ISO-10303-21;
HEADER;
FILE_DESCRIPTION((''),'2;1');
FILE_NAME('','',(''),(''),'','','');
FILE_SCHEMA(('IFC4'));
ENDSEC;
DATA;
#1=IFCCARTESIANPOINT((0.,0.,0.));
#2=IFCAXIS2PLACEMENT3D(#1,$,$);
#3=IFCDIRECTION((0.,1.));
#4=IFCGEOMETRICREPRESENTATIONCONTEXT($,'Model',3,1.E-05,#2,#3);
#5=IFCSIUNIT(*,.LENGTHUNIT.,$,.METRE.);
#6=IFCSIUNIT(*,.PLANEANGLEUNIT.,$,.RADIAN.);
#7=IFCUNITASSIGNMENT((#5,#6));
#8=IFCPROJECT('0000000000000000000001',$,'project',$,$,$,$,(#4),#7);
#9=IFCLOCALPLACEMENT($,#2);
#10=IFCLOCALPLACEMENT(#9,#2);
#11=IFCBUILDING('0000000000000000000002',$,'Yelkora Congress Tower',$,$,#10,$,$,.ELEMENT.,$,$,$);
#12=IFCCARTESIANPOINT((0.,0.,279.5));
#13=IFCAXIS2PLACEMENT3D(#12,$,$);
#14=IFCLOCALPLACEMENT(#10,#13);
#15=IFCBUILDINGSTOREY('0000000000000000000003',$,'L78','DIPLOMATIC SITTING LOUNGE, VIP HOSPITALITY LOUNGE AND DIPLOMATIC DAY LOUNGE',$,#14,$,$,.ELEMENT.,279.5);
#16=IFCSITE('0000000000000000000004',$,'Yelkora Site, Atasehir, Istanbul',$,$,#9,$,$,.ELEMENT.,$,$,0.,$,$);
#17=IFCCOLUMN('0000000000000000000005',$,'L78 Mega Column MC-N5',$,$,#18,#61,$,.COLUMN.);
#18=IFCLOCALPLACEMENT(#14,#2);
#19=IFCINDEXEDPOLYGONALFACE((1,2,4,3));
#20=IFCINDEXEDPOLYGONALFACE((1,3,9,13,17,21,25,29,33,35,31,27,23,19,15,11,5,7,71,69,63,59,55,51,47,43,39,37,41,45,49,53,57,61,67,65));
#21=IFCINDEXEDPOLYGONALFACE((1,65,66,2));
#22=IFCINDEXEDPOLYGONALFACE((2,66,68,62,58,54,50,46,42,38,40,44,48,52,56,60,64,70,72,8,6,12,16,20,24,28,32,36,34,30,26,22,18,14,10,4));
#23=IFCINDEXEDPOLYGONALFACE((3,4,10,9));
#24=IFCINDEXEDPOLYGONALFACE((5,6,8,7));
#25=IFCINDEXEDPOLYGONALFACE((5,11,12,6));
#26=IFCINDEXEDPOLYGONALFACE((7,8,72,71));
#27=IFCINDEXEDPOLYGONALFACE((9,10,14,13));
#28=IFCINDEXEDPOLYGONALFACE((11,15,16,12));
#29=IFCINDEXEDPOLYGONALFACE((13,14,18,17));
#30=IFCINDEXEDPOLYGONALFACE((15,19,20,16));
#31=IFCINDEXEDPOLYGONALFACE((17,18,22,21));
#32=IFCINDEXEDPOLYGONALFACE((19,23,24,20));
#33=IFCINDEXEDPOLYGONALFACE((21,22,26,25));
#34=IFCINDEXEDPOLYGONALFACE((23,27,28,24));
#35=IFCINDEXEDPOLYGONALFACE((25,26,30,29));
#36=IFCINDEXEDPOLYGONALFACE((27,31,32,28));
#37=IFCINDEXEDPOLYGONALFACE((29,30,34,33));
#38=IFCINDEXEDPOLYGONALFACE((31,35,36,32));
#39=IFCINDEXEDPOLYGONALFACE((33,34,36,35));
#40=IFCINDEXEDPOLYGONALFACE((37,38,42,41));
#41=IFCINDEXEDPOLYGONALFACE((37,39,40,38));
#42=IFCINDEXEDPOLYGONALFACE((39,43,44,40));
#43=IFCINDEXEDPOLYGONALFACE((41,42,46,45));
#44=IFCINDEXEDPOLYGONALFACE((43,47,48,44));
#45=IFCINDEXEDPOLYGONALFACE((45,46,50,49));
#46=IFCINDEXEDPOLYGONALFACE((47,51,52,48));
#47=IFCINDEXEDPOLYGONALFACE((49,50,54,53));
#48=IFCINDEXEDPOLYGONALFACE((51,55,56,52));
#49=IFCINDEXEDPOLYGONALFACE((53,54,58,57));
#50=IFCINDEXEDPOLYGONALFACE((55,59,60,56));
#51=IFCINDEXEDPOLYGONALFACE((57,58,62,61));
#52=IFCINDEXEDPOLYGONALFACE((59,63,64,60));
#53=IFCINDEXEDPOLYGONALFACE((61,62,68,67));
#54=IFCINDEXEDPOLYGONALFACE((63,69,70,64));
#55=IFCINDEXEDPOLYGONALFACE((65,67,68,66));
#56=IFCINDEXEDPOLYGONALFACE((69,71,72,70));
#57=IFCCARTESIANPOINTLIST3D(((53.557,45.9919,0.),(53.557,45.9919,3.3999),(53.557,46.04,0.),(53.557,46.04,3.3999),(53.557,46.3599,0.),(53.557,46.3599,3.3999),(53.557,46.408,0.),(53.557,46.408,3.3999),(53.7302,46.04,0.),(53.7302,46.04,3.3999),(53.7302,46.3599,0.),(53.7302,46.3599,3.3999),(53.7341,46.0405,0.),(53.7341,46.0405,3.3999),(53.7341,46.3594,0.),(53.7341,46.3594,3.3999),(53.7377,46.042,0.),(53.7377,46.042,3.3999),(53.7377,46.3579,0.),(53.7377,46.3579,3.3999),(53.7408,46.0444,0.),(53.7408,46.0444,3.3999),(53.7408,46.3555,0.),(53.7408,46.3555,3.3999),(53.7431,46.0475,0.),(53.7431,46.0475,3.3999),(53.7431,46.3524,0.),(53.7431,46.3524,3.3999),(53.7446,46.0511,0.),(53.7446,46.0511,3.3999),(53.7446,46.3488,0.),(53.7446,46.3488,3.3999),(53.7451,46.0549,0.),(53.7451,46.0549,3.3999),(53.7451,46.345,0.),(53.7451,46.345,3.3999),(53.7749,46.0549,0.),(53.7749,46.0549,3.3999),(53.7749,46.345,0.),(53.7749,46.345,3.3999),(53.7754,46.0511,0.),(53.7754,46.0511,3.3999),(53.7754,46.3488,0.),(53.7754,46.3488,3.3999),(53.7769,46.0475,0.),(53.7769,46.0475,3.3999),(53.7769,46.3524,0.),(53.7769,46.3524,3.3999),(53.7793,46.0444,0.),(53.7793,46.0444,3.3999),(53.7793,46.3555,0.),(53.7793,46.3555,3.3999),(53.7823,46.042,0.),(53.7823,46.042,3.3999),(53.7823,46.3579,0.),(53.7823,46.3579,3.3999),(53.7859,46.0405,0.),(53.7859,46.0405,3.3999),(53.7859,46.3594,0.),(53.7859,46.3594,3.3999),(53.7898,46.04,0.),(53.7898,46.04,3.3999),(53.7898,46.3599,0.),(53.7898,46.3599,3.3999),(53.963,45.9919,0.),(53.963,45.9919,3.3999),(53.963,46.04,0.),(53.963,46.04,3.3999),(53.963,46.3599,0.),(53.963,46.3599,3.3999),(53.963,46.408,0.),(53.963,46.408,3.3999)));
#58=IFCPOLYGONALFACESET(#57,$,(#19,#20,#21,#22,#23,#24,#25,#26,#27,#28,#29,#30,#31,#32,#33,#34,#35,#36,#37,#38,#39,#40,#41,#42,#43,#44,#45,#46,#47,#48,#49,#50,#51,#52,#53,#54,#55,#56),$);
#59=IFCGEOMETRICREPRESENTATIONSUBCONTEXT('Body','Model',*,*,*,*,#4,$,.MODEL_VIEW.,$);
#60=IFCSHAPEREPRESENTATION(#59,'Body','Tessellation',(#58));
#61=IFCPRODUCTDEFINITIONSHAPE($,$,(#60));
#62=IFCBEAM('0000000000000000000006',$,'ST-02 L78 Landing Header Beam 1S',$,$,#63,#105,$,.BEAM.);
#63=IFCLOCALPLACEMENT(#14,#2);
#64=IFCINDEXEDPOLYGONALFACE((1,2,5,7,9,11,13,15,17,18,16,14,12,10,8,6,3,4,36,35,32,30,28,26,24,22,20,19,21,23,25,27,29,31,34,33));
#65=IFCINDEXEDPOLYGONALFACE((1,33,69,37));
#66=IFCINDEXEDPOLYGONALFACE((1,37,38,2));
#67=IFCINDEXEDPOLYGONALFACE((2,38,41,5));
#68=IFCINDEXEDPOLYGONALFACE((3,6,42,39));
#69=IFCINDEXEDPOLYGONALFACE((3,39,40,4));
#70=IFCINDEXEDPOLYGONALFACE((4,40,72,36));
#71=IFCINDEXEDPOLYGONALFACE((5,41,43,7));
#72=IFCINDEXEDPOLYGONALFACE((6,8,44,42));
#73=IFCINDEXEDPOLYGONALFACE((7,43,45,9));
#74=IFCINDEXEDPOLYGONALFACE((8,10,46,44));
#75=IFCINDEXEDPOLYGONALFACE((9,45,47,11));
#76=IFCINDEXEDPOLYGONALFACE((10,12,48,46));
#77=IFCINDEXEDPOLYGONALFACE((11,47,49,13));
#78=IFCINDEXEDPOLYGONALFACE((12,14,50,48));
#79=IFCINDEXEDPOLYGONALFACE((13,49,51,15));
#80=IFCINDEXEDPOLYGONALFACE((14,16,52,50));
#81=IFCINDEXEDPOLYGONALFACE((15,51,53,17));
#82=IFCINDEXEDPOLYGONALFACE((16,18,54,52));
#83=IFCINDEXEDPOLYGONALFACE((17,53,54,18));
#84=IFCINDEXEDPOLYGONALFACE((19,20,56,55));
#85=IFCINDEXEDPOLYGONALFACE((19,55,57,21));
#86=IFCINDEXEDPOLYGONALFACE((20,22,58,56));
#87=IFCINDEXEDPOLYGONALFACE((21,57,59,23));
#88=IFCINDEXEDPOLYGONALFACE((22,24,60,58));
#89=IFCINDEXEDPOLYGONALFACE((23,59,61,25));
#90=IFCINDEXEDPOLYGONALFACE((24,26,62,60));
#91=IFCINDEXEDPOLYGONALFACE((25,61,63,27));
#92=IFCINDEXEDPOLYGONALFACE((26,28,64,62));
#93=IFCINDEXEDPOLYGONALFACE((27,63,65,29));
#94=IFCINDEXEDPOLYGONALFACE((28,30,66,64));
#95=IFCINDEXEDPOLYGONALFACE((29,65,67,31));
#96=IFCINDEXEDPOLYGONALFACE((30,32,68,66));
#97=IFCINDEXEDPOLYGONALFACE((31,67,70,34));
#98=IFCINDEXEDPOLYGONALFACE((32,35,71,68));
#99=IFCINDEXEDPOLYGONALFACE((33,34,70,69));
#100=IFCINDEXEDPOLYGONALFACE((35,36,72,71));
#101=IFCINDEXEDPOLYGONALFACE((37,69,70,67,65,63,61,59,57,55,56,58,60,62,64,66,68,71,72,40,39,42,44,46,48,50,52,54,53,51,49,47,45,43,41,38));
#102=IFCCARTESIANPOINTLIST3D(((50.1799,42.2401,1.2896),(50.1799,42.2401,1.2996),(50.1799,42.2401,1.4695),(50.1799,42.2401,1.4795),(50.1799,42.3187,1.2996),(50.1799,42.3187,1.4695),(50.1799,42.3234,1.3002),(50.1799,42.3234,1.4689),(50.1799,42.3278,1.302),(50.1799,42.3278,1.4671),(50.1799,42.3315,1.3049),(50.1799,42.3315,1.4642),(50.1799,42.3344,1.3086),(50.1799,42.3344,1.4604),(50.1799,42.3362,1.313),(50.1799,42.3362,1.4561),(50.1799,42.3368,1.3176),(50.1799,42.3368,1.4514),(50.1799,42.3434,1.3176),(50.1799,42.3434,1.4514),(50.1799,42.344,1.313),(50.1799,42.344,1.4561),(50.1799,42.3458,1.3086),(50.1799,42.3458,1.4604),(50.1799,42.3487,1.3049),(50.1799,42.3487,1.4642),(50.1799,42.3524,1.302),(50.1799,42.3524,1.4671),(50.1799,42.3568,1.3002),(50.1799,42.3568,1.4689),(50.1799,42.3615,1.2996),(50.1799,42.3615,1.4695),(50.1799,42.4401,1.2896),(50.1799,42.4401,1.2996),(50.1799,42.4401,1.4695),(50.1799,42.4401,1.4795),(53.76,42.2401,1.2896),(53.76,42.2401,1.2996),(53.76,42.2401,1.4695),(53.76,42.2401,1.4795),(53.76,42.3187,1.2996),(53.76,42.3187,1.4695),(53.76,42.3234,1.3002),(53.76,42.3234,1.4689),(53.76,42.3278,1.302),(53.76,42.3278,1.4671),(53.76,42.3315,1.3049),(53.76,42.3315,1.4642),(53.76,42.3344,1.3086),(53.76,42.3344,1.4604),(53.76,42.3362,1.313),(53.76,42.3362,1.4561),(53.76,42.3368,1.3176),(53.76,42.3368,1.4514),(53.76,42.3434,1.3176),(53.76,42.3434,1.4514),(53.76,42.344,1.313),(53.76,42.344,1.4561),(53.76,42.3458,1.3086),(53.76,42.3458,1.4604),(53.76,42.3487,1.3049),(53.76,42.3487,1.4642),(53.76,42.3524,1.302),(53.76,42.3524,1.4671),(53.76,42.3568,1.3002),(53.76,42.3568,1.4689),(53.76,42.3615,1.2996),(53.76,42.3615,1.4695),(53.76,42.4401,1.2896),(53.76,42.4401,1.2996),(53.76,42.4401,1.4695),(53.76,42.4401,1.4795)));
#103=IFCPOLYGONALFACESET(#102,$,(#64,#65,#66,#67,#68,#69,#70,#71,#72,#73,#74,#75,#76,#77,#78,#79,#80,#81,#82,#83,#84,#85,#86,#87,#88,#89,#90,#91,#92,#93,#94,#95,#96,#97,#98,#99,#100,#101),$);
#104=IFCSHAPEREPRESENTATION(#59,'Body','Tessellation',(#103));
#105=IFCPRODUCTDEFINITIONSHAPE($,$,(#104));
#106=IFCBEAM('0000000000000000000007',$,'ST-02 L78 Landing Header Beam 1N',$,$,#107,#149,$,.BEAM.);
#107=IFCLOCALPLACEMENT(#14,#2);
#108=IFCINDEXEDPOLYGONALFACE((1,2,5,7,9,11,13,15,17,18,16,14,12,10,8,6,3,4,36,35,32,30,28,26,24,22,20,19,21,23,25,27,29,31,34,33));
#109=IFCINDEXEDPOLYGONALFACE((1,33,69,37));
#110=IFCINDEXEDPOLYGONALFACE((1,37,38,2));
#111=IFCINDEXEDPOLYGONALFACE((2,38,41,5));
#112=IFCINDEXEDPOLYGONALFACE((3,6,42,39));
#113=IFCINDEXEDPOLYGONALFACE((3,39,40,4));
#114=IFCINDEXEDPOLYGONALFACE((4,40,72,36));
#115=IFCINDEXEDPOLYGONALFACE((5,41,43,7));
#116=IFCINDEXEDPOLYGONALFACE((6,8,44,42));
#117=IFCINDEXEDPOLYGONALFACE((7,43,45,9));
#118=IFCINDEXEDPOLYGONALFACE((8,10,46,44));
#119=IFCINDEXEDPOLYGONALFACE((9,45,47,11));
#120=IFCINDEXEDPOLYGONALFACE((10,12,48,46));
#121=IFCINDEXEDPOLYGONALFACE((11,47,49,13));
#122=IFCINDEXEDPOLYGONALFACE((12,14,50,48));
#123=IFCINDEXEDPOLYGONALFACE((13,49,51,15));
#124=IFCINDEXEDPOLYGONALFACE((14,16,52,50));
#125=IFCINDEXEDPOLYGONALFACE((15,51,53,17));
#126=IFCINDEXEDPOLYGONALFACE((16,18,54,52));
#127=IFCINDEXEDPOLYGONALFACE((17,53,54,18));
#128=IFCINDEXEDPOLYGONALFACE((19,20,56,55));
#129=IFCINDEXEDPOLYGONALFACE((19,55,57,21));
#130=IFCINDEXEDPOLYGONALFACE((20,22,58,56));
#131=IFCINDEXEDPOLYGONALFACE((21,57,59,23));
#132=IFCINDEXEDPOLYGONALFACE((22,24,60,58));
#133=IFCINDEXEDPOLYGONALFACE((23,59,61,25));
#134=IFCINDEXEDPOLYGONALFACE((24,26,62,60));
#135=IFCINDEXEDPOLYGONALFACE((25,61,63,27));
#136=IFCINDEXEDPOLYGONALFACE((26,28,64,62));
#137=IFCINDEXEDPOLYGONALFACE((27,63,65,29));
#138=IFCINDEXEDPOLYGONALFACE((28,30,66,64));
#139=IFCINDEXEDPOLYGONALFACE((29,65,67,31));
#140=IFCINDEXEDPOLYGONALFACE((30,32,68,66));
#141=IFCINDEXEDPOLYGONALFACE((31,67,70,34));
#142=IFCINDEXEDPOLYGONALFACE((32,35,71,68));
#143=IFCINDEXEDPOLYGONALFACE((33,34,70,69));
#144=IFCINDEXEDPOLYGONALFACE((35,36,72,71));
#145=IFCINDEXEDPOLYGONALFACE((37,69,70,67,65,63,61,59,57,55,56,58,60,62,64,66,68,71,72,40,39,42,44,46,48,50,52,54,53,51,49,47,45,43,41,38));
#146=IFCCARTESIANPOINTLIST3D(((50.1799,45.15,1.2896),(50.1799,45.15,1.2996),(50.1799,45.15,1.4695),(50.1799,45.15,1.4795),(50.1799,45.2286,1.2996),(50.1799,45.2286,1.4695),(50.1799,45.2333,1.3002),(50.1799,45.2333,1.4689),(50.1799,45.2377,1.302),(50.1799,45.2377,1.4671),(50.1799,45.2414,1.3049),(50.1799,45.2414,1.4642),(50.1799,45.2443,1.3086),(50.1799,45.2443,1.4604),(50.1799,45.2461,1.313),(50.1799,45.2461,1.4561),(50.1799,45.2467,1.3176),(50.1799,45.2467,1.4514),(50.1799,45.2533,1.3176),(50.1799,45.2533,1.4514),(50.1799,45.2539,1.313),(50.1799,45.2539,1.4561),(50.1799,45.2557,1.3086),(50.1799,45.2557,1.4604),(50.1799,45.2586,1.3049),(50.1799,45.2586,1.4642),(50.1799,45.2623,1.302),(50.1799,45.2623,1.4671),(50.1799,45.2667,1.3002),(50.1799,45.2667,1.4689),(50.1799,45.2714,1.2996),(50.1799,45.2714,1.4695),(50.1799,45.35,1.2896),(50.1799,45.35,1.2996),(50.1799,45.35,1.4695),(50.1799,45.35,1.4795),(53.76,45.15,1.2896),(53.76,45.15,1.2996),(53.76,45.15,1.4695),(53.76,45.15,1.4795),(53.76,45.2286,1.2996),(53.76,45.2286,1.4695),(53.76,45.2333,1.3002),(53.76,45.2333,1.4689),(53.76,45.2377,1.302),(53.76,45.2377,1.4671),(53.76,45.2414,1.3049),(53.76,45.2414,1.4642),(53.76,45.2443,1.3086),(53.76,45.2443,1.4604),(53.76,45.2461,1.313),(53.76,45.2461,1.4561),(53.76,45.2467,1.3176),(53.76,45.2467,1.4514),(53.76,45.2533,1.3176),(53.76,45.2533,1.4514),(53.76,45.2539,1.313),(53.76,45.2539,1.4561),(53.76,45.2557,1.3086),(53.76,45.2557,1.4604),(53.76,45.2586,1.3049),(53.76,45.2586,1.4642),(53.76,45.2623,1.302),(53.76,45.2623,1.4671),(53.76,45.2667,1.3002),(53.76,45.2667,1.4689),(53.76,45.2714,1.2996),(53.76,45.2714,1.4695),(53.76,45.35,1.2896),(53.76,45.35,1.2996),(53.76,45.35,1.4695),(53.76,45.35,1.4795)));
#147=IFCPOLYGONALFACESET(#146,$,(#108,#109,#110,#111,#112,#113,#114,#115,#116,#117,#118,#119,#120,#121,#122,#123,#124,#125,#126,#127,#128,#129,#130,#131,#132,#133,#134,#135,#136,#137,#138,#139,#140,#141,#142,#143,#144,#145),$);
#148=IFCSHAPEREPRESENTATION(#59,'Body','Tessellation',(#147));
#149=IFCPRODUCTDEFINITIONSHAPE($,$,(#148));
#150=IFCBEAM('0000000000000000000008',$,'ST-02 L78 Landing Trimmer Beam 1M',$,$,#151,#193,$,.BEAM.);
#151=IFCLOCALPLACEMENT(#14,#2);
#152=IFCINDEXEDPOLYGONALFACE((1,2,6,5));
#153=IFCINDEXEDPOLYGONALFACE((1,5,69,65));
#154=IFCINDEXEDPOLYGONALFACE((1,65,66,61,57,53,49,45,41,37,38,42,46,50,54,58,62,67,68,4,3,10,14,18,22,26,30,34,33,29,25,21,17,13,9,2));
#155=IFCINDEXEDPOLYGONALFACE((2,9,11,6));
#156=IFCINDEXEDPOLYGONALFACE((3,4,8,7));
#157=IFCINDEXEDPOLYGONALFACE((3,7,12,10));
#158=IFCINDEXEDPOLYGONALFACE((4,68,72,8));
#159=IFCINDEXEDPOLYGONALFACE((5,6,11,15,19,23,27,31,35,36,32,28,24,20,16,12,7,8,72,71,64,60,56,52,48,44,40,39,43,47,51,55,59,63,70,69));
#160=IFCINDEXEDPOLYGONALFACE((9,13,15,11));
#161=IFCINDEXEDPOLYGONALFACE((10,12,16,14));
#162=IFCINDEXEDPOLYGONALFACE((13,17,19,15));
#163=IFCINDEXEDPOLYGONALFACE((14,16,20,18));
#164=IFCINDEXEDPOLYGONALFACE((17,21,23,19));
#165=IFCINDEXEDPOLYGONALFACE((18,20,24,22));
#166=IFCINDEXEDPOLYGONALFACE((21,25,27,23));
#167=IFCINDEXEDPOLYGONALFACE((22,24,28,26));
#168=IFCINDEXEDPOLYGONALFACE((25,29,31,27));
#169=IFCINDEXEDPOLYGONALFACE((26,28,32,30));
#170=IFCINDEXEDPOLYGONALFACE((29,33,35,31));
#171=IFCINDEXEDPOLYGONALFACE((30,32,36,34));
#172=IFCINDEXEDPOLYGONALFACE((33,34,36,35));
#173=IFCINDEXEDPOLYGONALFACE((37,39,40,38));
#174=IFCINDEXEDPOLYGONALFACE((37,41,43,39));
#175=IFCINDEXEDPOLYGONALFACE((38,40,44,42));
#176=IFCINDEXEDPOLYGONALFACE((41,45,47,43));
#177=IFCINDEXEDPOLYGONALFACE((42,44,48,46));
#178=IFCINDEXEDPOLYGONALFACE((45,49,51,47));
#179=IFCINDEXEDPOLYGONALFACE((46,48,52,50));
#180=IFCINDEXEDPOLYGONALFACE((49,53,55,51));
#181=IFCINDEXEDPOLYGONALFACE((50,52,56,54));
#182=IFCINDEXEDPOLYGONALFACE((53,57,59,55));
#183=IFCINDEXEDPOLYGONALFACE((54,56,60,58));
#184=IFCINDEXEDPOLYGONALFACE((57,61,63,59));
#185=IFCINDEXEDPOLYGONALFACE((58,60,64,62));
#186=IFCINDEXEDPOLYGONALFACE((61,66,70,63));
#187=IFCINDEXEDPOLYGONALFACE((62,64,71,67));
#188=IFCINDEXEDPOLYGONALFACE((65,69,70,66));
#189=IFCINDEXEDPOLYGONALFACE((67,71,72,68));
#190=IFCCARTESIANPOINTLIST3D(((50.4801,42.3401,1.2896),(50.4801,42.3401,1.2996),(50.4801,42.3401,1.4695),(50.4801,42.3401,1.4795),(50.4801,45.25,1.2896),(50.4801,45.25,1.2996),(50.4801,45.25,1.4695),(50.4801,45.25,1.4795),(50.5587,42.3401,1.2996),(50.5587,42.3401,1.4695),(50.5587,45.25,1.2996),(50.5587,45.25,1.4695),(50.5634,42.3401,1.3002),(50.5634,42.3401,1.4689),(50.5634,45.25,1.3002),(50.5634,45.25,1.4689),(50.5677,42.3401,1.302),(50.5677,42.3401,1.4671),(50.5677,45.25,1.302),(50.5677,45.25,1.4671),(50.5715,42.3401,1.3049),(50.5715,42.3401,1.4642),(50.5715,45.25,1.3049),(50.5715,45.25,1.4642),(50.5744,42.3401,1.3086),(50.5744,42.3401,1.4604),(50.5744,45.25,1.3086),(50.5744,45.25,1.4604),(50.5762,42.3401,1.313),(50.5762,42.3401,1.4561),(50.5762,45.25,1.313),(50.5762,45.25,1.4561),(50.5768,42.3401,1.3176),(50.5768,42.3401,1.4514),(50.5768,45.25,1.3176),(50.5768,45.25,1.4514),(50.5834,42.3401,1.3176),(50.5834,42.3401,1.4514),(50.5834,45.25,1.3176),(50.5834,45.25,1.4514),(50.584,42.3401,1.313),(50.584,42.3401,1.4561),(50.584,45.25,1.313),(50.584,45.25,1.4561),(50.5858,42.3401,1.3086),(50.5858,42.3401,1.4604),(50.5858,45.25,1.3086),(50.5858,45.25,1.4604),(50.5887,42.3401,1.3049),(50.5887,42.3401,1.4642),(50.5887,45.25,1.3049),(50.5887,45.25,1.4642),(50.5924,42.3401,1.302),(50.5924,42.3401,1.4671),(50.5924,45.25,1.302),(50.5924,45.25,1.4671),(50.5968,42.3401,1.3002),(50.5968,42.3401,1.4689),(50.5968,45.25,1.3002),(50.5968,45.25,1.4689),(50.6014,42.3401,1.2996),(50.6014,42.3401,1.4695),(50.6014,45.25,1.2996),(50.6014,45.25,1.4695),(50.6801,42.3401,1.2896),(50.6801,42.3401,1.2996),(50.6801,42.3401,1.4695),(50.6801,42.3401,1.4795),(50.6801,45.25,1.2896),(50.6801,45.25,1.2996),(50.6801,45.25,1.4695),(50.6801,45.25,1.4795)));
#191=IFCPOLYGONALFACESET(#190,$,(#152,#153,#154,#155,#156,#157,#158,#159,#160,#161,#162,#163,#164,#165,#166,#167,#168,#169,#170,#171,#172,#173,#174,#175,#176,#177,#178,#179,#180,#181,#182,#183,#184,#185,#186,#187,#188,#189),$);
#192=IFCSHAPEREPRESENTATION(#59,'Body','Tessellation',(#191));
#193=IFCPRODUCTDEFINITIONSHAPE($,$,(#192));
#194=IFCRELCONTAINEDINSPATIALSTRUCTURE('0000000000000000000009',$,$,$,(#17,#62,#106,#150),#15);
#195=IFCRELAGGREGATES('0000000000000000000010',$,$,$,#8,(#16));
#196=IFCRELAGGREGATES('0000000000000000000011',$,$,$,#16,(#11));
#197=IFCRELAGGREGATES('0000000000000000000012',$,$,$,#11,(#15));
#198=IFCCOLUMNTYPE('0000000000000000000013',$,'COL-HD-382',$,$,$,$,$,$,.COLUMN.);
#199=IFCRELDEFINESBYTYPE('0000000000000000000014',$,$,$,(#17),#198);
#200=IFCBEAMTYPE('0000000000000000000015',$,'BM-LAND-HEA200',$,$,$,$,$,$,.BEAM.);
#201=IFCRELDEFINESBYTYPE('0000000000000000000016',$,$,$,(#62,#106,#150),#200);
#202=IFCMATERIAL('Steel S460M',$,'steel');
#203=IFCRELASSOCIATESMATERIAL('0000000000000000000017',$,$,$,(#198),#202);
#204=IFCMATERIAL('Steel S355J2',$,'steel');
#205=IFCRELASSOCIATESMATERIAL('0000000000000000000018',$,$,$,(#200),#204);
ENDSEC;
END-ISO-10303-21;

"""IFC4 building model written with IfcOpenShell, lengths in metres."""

from ifc_helpers import new_model, si_unit, direction, frame, origin, origin_2d, place, context, subcontext, project, spatial, i_section, extrude, material, material_profile, profile_set, type_object, element, save


model = new_model("IFC4")

# Units and contexts
model_context = context("Model", 3, precision=1e-05, world=origin(), true_north=direction((0.0, 1.0)))
body_context = subcontext(model_context, "Body", "Model", "MODEL_VIEW")
ifc_project = project(units=[si_unit("LENGTHUNIT", "METRE"), si_unit("PLANEANGLEUNIT", "RADIAN")], contexts=[model_context])

# Site, building, storey
site_placement = place(None, origin())
site = spatial("IfcSite", under=ifc_project, at=site_placement, Name="Yelkora Site, Atasehir, Istanbul", CompositionType="ELEMENT", RefElevation=0.0)
building_placement = place(site_placement, origin())
building = spatial("IfcBuilding", under=site, at=building_placement, Name="Yelkora Congress Tower", CompositionType="ELEMENT")
storey_placement = place(building_placement, frame((0.0, 0.0, 279.5)))
storey = spatial("IfcBuildingStorey", under=building, at=storey_placement, Name="L78", Description="DIPLOMATIC SITTING LOUNGE, VIP HOSPITALITY LOUNGE AND DIPLOMATIC DAY LOUNGE", CompositionType="ELEMENT", Elevation=279.5)

# Column
ifc_material_1 = material(Name="Steel S460M", Category="steel")
ifc_material_profile_1 = material_profile(ifc_material_1, i_section(OverallWidth=0.406, OverallDepth=0.416, WebThickness=0.0298, FlangeThickness=0.0481, FilletRadius=0.0149, at=origin_2d()), Name="HD 400x382")
ifc_profile_set_1 = profile_set([ifc_material_profile_1], Name="Steel S460M")
column_type = type_object("IfcColumnType", Name="COL-HD-382", PredefinedType="COLUMN", material=ifc_profile_set_1)
column_placement = place(storey_placement, frame((53.76, 46.2, 0.0), z_axis=(0.0, 0.0, 1.0), x_axis=(1.0, 0.0, 0.0)))
element("IfcColumn", 1, at=column_placement, inside=storey, type_object=column_type, Name="L78 Mega Column MC-N5", PredefinedType="COLUMN", context=body_context, shape_type="SweptSolid", body=[
    extrude(i_section(OverallWidth=0.406, OverallDepth=0.416, WebThickness=0.0298, FlangeThickness=0.0481, FilletRadius=0.0149, at=origin_2d()), origin(), (0.0, 0.0, 1.0), 3.3999),
])

# Beams
ifc_material_2 = material(Name="Steel S355J2", Category="steel")
ifc_material_profile_2 = material_profile(ifc_material_2, i_section(OverallWidth=0.2, OverallDepth=0.1899, WebThickness=0.0066, FlangeThickness=0.01, FilletRadius=0.0181, at=origin_2d()), Name="HEA 200")
ifc_profile_set_2 = profile_set([ifc_material_profile_2], Name="Steel S355J2")
beam_type = type_object("IfcBeamType", Name="BM-LAND-HEA200", PredefinedType="BEAM", material=ifc_profile_set_2)
for number, where, z_axis, x_axis, name in (
    (2, (50.1799, 42.3401, 1.3845), (1.0, 0.0, 0.0), (0.0, 1.0, 0.0), "ST-02 L78 Landing Header Beam 1S"),
    (3, (50.1799, 45.25, 1.3845), (1.0, 0.0, 0.0), (0.0, 1.0, 0.0), "ST-02 L78 Landing Header Beam 1N"),
):
    element("IfcBeam", number, at=place(storey_placement, frame(where, z_axis=z_axis, x_axis=x_axis)), inside=storey, type_object=beam_type, Name=name, PredefinedType="BEAM", context=body_context, shape_type="SweptSolid", body=[
        extrude(i_section(OverallWidth=0.2, OverallDepth=0.1899, WebThickness=0.0066, FlangeThickness=0.01, FilletRadius=0.0181, at=origin_2d()), origin(), (0.0, 0.0, 1.0), 3.5801),
    ])
beam_placement = place(storey_placement, frame((50.5801, 42.3401, 1.3845), z_axis=(0.0, 1.0, 0.0), x_axis=(-1.0, 0.0, 0.0)))
element("IfcBeam", 4, at=beam_placement, inside=storey, type_object=beam_type, Name="ST-02 L78 Landing Trimmer Beam 1M", PredefinedType="BEAM", context=body_context, shape_type="SweptSolid", body=[
    extrude(i_section(OverallWidth=0.2, OverallDepth=0.1899, WebThickness=0.0066, FlangeThickness=0.01, FilletRadius=0.0181, at=origin_2d()), origin(), (0.0, 0.0, 1.0), 2.9099),
])

save(model, "model.ifc")
